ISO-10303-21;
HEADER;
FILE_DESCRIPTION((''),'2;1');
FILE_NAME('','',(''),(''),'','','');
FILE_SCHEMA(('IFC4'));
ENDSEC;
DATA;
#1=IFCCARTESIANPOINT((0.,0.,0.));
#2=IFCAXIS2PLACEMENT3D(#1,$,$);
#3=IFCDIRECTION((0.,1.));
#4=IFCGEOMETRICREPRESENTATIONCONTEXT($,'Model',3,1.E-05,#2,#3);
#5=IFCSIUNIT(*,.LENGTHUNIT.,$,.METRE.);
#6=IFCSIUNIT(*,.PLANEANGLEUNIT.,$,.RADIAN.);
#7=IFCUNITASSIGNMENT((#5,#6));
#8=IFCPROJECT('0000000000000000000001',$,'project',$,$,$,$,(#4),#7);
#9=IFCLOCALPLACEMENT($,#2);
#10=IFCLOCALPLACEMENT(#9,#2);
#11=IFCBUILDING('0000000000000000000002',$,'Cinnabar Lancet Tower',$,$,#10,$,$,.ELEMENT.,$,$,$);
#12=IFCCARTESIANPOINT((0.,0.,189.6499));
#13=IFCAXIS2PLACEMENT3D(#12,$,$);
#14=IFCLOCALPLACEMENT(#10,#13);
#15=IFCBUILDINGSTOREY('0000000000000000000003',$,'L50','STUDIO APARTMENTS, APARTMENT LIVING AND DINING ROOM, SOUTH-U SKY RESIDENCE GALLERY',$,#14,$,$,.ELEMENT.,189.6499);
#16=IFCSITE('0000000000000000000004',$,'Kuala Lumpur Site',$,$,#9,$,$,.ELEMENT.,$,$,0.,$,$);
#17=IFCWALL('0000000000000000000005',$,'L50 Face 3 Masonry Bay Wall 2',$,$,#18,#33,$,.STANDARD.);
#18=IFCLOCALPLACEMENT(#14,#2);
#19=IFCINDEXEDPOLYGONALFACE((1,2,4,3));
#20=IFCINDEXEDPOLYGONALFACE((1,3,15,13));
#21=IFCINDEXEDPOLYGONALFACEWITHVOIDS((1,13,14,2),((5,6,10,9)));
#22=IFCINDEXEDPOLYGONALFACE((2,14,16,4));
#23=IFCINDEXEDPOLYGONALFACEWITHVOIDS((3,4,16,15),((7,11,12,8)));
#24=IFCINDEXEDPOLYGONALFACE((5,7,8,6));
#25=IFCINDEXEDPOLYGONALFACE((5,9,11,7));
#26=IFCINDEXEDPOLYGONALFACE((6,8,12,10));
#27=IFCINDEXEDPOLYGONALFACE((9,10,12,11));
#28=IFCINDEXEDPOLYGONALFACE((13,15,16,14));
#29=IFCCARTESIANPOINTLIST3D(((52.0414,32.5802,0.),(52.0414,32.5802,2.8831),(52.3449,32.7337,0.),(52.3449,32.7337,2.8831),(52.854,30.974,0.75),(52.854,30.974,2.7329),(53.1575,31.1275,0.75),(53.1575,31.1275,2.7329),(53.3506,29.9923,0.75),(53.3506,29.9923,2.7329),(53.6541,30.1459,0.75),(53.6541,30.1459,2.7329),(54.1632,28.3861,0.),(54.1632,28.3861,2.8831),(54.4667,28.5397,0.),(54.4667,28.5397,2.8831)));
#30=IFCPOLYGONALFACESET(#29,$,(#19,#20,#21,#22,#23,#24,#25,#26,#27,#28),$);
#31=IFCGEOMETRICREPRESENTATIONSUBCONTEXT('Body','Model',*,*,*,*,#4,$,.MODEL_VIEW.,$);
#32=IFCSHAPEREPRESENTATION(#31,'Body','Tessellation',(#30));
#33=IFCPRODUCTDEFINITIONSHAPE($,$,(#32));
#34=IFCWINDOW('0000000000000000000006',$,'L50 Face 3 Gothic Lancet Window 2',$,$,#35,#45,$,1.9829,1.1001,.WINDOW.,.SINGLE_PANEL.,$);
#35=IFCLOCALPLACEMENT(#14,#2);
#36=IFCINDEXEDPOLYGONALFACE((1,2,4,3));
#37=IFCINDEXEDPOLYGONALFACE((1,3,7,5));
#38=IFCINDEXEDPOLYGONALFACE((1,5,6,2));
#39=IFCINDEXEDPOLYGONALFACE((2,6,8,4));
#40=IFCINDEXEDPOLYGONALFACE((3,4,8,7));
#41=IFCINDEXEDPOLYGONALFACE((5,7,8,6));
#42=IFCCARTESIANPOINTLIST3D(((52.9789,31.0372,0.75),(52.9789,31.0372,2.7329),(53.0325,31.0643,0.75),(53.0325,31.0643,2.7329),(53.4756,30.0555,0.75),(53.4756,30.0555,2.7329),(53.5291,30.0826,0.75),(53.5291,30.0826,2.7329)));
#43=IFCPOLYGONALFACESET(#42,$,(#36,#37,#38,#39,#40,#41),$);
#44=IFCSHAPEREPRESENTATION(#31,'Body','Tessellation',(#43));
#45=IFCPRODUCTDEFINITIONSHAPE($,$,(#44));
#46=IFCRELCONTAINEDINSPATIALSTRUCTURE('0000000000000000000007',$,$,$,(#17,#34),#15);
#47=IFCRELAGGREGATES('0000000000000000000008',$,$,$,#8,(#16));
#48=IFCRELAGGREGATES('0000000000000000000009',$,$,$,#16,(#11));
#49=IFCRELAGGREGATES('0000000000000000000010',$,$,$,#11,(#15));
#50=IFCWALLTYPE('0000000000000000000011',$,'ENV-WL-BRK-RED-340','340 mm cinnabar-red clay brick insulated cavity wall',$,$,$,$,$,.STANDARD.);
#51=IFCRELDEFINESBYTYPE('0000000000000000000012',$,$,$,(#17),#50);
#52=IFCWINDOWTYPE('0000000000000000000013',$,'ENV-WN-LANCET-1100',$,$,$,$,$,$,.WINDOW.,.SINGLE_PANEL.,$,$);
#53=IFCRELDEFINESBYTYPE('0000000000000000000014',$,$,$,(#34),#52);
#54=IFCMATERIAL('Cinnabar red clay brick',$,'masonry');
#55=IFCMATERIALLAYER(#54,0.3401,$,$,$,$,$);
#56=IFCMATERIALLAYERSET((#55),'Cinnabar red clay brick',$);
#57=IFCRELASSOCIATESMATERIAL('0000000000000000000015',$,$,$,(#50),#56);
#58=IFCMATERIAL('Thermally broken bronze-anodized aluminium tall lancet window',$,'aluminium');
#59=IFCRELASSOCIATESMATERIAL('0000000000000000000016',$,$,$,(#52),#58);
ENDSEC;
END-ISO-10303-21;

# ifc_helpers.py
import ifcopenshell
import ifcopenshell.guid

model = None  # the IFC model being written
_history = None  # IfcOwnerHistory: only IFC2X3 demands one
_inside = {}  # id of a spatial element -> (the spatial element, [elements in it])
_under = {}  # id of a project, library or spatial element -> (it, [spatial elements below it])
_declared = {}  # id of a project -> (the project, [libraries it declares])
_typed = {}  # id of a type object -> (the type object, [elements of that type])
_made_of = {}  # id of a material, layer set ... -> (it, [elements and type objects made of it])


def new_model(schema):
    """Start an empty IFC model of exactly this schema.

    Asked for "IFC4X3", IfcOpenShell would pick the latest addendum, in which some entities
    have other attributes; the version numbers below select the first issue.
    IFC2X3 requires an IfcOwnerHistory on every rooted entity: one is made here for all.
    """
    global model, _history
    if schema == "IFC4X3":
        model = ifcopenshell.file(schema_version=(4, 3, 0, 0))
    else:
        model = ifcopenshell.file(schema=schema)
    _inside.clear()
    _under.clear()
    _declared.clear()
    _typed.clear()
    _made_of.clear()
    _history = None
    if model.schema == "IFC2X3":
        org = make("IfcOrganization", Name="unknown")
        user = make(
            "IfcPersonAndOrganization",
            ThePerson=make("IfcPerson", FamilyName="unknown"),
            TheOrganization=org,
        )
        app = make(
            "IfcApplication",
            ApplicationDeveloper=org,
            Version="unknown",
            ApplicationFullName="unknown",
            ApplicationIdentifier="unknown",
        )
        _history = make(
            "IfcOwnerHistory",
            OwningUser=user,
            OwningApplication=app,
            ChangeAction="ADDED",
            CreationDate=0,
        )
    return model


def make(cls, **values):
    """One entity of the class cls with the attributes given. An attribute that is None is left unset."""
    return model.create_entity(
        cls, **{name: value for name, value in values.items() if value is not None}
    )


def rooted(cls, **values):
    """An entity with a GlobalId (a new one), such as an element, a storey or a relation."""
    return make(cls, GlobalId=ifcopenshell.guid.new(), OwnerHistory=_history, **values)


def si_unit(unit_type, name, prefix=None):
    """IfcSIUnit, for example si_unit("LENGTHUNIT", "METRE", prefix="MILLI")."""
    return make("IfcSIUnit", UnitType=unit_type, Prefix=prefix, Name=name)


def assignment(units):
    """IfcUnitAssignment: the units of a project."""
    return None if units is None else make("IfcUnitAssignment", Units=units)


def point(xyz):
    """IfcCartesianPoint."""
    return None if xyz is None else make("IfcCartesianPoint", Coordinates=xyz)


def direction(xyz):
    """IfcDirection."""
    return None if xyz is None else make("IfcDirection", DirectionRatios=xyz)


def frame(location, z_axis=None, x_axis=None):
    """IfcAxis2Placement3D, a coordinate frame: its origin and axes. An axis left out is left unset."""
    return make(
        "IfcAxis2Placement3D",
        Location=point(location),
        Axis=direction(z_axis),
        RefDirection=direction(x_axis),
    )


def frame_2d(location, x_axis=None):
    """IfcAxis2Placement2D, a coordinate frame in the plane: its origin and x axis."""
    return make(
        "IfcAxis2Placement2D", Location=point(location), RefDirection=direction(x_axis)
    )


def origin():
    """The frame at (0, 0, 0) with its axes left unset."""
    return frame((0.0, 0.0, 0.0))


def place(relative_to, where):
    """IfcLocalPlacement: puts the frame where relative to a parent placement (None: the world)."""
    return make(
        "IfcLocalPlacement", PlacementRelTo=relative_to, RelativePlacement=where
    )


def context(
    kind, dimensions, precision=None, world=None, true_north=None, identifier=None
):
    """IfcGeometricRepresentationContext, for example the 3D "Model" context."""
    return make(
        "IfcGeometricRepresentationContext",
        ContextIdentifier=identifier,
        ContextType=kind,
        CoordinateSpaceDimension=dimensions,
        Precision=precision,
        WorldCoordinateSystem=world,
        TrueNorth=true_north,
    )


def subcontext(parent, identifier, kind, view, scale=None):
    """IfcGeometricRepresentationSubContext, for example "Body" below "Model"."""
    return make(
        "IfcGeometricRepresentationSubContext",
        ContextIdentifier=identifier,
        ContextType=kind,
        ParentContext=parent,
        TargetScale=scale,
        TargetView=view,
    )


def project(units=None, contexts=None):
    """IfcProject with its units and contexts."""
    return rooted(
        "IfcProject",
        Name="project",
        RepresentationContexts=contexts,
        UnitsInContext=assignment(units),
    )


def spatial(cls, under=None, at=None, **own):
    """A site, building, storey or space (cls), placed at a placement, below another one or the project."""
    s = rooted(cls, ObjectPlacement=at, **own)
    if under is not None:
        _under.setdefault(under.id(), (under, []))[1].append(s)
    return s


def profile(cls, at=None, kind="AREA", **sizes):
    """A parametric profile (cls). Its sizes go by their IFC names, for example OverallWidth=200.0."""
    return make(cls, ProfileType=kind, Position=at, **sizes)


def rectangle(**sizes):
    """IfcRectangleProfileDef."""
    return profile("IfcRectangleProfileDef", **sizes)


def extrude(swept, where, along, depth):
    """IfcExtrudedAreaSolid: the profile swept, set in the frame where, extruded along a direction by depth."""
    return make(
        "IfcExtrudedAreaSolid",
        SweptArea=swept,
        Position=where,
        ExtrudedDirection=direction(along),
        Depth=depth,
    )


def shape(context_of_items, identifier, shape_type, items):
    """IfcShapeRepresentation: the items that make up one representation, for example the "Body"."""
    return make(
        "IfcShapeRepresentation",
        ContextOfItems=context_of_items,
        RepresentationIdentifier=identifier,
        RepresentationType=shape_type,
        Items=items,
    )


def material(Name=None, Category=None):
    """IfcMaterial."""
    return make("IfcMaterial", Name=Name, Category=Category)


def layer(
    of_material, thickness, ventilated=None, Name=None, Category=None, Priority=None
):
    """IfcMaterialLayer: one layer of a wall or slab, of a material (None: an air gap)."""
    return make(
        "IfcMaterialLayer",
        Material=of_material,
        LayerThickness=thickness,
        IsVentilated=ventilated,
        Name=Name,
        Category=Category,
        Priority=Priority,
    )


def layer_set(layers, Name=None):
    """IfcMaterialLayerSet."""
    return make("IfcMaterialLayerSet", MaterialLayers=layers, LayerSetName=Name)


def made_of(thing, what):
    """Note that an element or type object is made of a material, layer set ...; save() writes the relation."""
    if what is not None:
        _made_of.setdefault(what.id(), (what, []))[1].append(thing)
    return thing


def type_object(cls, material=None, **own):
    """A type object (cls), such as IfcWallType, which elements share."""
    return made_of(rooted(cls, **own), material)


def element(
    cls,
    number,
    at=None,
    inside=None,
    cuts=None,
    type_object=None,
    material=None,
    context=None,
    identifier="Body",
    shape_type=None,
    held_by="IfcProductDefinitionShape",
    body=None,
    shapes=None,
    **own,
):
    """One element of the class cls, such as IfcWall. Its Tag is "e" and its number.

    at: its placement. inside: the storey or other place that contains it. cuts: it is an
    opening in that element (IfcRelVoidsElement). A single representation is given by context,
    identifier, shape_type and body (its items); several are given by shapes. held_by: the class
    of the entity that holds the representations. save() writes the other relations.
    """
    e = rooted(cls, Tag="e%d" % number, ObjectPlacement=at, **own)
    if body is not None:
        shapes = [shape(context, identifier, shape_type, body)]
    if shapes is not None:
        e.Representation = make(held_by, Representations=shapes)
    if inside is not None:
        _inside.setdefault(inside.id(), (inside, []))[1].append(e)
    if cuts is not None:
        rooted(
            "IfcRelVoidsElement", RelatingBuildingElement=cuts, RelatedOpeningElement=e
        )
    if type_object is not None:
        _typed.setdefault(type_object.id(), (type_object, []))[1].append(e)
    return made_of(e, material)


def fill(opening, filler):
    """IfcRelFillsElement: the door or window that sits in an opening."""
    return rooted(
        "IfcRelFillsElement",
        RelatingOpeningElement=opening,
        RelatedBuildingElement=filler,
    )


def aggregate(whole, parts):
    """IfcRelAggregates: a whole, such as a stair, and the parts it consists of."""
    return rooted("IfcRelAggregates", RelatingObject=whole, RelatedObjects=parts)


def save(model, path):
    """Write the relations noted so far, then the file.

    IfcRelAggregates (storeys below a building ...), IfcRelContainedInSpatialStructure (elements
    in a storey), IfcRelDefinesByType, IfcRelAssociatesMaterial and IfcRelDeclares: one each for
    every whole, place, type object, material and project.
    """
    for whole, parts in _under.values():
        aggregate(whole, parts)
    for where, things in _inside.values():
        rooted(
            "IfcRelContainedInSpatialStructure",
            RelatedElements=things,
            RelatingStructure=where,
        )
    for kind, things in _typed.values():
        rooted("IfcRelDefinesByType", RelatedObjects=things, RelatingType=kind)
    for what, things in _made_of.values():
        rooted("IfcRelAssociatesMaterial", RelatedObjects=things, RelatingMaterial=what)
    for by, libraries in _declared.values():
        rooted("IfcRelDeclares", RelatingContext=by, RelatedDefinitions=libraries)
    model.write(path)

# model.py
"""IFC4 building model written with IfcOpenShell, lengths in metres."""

from ifc_helpers import new_model, si_unit, direction, frame, frame_2d, origin, place, context, subcontext, project, spatial, rectangle, extrude, material, layer, layer_set, type_object, element, fill, save


model = new_model("IFC4")

# Units and contexts
model_context = context("Model", 3, precision=1e-05, world=origin(), true_north=direction((0.0, 1.0)))
body_context = subcontext(model_context, "Body", "Model", "MODEL_VIEW")
ifc_project = project(units=[si_unit("LENGTHUNIT", "METRE"), si_unit("PLANEANGLEUNIT", "RADIAN")], contexts=[model_context])

# Site, building, storey
site_placement = place(None, origin())
site = spatial("IfcSite", under=ifc_project, at=site_placement, Name="Kuala Lumpur Site", CompositionType="ELEMENT", RefElevation=0.0)
building_placement = place(site_placement, origin())
building = spatial("IfcBuilding", under=site, at=building_placement, Name="Cinnabar Lancet Tower", CompositionType="ELEMENT")
storey_placement = place(building_placement, frame((0.0, 0.0, 189.6499)))
storey = spatial("IfcBuildingStorey", under=building, at=storey_placement, Name="L50", Description="STUDIO APARTMENTS, APARTMENT LIVING AND DINING ROOM, SOUTH-U SKY RESIDENCE GALLERY", CompositionType="ELEMENT", Elevation=189.6499)

# Shared definitions
ifc_material_1 = material(Name="Cinnabar red clay brick", Category="masonry")
ifc_layer_1 = layer(ifc_material_1, 0.3401)
ifc_layer_set_1 = layer_set([ifc_layer_1], Name="Cinnabar red clay brick")
wall_type_1 = type_object("IfcWallType", Name="ENV-WL-BRK-RED-340", Description="340 mm cinnabar-red clay brick insulated cavity wall", PredefinedType="STANDARD", material=ifc_layer_set_1)

# Wall, opening, window
wall_1_placement = place(storey_placement, frame((54.3149, 28.4629, 0.0), z_axis=(0.0, 0.0, 1.0), x_axis=(-0.451426, 0.892308, 0.0)))
wall_1 = element("IfcWall", 1, at=wall_1_placement, inside=storey, type_object=wall_type_1, Name="L50 Face 3 Masonry Bay Wall 2", PredefinedType="STANDARD", context=body_context, shape_type="SweptSolid", body=[
    extrude(rectangle(XDim=4.7002, YDim=0.3401, at=frame_2d((2.3501, 0.0))), origin(), (0.0, 0.0, 1.0), 2.8831),
])
opening_1_placement = place(wall_1_placement, frame((1.8, 0.0, 0.75)))
opening_1 = element("IfcOpeningElement", 2, at=opening_1_placement, cuts=wall_1, PredefinedType="OPENING", context=body_context, shape_type="SweptSolid", body=[
    extrude(rectangle(XDim=1.1001, YDim=1.9829, at=frame_2d((0.55, 0.9915))), frame((0.0, 0.1799, 0.0), z_axis=(0.0, -1.0, 0.0), x_axis=(1.0, 0.0, 0.0)), (0.0, 0.0, 1.0), 0.3601),
])
ifc_material_2 = material(Name="Thermally broken bronze-anodized aluminium tall lancet window", Category="aluminium")
window_type = type_object("IfcWindowType", Name="ENV-WN-LANCET-1100", PartitioningType="SINGLE_PANEL", PredefinedType="WINDOW", material=ifc_material_2)
window_placement = place(opening_1_placement, origin())
window = element("IfcWindow", 3, at=window_placement, inside=storey, type_object=window_type, Name="L50 Face 3 Gothic Lancet Window 2", OverallHeight=1.9829, OverallWidth=1.1001, PartitioningType="SINGLE_PANEL", PredefinedType="WINDOW", context=body_context, shape_type="SweptSolid", body=[
    extrude(rectangle(XDim=1.1001, YDim=1.9829, at=frame_2d((0.55, 0.9915))), frame((0.0, 0.03, 0.0), z_axis=(0.0, -1.0, 0.0), x_axis=(1.0, 0.0, 0.0)), (0.0, 0.0, 1.0), 0.0601),
])
fill(opening_1, window)

save(model, "model.ifc")
